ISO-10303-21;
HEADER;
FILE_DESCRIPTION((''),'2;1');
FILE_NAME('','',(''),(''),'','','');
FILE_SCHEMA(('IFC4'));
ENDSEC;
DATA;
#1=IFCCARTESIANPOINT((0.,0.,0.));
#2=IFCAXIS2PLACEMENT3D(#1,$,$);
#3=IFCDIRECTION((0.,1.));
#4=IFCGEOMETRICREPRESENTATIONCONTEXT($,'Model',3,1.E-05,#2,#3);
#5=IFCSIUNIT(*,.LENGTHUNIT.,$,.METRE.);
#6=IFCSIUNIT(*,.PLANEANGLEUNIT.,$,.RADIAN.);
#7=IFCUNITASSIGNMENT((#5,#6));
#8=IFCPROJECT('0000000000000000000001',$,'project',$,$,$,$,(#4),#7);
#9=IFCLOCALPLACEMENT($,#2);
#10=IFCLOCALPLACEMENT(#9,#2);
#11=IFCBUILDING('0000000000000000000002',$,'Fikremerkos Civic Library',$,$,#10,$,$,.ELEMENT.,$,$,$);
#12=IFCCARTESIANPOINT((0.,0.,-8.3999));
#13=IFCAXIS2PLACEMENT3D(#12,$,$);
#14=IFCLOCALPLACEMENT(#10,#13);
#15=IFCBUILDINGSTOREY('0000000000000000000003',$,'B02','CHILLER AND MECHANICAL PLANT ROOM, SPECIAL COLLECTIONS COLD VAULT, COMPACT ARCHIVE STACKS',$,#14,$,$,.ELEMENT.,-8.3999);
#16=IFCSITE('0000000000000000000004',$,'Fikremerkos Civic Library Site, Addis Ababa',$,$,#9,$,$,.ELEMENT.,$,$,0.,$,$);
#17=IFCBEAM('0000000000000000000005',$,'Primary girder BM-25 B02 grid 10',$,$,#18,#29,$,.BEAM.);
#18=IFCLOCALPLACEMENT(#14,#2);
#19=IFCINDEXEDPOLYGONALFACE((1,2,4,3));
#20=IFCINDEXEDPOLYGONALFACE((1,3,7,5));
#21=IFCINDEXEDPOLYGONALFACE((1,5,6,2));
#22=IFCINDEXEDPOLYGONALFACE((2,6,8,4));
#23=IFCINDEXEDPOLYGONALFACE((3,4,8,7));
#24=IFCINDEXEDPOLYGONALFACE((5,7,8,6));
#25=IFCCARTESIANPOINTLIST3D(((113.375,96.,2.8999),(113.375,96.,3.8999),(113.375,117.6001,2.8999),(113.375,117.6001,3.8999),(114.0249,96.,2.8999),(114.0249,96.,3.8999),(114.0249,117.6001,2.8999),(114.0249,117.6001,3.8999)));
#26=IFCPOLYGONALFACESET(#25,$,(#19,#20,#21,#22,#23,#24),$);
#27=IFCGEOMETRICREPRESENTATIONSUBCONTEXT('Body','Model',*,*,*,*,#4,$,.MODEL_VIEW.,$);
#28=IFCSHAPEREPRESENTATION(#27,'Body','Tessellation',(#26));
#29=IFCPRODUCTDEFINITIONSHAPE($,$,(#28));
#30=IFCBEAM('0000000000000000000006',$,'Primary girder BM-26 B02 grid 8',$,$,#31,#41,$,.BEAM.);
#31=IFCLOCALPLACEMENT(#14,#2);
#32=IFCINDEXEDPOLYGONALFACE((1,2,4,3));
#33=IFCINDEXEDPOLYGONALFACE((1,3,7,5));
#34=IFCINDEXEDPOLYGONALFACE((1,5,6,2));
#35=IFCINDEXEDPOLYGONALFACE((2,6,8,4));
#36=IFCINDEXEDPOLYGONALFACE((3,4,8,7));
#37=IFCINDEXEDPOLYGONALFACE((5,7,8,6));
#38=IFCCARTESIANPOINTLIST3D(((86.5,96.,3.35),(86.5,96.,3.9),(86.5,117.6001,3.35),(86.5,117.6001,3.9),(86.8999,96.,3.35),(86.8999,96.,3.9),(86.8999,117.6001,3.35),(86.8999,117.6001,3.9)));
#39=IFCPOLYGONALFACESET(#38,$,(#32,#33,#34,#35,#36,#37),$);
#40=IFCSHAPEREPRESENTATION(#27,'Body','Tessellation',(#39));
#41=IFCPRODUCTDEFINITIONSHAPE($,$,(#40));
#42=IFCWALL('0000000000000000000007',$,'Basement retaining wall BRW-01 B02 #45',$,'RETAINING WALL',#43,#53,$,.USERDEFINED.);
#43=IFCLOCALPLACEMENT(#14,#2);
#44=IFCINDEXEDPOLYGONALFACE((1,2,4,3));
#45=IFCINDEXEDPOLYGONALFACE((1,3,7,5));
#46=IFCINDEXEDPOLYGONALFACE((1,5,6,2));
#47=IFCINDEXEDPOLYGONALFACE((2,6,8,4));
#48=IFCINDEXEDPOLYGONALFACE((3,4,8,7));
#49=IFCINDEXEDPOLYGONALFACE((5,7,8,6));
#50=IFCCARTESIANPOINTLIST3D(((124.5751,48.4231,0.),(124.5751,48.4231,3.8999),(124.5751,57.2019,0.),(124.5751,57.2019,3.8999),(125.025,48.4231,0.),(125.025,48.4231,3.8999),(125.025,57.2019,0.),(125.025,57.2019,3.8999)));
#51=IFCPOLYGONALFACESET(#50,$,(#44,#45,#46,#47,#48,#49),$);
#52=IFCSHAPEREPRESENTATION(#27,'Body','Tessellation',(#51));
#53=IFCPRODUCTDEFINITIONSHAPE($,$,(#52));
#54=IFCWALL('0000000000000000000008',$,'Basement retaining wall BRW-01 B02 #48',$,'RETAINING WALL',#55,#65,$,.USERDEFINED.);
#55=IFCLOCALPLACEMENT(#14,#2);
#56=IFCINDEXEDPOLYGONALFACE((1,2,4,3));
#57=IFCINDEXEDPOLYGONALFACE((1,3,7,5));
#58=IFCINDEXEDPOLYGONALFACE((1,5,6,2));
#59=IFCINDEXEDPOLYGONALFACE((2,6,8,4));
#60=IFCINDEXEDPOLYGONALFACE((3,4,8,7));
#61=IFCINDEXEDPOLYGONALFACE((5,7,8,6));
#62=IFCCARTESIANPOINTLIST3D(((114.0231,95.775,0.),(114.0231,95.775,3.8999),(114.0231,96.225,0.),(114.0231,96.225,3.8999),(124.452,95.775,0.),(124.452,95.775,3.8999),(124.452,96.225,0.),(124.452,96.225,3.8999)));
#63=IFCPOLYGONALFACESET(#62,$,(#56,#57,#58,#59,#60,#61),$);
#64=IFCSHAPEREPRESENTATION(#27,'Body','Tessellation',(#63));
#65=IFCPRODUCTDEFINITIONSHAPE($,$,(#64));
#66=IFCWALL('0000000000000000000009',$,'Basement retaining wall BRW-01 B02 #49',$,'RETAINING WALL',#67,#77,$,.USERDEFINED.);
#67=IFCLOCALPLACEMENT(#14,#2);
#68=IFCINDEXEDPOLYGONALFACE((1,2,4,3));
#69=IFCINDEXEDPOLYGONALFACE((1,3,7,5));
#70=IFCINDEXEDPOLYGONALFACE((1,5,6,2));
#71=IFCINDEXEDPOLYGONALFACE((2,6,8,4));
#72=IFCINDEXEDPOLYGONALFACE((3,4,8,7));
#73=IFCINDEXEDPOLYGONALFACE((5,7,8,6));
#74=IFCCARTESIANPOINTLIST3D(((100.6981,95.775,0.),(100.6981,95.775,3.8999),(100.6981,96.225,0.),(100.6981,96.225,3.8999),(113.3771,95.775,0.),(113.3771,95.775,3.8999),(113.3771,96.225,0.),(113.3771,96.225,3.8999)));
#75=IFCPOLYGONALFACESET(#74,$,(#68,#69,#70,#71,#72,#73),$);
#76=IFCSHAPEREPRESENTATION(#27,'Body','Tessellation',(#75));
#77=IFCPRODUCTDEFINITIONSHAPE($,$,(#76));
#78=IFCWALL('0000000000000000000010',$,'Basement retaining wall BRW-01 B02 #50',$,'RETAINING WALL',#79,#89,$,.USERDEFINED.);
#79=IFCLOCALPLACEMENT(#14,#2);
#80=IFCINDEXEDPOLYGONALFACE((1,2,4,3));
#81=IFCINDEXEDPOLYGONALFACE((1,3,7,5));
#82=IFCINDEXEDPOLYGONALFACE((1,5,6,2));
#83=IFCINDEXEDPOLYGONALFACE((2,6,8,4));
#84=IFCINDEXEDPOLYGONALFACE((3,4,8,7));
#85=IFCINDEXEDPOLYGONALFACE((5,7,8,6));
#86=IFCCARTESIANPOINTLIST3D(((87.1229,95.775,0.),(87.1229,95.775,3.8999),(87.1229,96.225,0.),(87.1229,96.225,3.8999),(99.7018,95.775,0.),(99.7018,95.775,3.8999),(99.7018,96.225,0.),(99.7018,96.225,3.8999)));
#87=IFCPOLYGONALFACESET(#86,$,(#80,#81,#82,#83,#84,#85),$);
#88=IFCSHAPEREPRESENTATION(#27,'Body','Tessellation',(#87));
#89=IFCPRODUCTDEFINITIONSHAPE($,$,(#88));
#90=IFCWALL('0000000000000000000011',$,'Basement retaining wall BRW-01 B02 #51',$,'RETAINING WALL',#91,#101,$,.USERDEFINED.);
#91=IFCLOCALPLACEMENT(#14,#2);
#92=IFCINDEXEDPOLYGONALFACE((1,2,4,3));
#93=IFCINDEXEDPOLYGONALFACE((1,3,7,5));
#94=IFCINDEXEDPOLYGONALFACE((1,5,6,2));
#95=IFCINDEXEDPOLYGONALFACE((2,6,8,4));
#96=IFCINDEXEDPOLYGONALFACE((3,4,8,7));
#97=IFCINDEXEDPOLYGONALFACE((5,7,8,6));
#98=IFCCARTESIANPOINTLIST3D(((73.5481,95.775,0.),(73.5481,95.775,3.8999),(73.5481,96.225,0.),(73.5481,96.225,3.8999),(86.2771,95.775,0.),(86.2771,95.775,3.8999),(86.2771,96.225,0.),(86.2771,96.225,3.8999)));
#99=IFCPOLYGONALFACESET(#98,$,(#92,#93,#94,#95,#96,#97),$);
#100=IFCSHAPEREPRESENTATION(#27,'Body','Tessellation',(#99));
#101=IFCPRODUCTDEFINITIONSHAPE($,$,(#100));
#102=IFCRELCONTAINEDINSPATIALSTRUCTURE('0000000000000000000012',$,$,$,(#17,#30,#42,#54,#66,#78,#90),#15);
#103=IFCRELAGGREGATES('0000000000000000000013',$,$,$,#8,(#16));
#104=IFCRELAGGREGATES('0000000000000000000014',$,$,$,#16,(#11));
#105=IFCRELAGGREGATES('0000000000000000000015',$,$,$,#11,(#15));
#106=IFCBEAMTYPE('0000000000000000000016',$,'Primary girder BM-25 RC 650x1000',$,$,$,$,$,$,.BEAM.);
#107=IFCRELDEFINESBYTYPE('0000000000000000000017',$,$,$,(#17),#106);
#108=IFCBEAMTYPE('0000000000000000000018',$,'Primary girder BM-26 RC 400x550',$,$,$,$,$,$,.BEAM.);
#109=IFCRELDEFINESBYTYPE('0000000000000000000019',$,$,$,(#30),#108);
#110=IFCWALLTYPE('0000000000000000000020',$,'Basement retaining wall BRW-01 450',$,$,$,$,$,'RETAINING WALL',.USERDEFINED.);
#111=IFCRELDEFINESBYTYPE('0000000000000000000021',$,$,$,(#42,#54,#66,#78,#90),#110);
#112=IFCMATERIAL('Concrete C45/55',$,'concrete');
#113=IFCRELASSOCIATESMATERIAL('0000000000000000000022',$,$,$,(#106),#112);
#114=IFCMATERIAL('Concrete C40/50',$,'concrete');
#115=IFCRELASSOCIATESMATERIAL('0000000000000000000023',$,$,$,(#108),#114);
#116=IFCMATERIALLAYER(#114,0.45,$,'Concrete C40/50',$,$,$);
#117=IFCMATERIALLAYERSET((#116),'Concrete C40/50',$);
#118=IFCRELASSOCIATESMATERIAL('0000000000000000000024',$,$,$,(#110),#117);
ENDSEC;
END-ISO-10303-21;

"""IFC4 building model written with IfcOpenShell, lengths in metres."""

from ifc_helpers import new_model, si_unit, direction, frame, frame_2d, origin, origin_2d, place, context, subcontext, project, spatial, rectangle, extrude, material, layer, layer_set, material_profile, profile_set, type_object, element, save


model = new_model("IFC4")

# Units and contexts
model_context = context("Model", 3, precision=1e-05, world=origin(), true_north=direction((0.0, 1.0)))
body_context = subcontext(model_context, "Body", "Model", "MODEL_VIEW")
ifc_project = project(units=[si_unit("LENGTHUNIT", "METRE"), si_unit("PLANEANGLEUNIT", "RADIAN")], contexts=[model_context])

# Site, building, storey
site_placement = place(None, origin())
site = spatial("IfcSite", under=ifc_project, at=site_placement, Name="Fikremerkos Civic Library Site, Addis Ababa", CompositionType="ELEMENT", RefElevation=0.0)
building_placement = place(site_placement, origin())
building = spatial("IfcBuilding", under=site, at=building_placement, Name="Fikremerkos Civic Library", CompositionType="ELEMENT")
storey_placement = place(building_placement, frame((0.0, 0.0, -8.3999)))
storey = spatial("IfcBuildingStorey", under=building, at=storey_placement, Name="B02", Description="CHILLER AND MECHANICAL PLANT ROOM, SPECIAL COLLECTIONS COLD VAULT, COMPACT ARCHIVE STACKS", CompositionType="ELEMENT", Elevation=-8.3999)

# Shared definitions
ifc_material_1 = material(Name="Concrete C40/50", Category="concrete")

# Shared definitions
ifc_material_2 = material(Name="Concrete C45/55", Category="concrete")

# Beams
ifc_material_profile_1 = material_profile(ifc_material_2, rectangle(XDim=0.6499, YDim=1.0, at=origin_2d()), Name="RC 650x1000")
ifc_profile_set_1 = profile_set([ifc_material_profile_1], Name="Concrete C45/55")
beam_type_1 = type_object("IfcBeamType", Name="Primary girder BM-25 RC 650x1000", PredefinedType="BEAM", material=ifc_profile_set_1)
beam_1_placement = place(storey_placement, frame((113.7, 96.0, 3.3999), z_axis=(0.0, 1.0, 0.0), x_axis=(-1.0, 0.0, 0.0)))
element("IfcBeam", 1, at=beam_1_placement, inside=storey, type_object=beam_type_1, Name="Primary girder BM-25 B02 grid 10", PredefinedType="BEAM", context=body_context, shape_type="SweptSolid", body=[
    extrude(rectangle(XDim=0.6499, YDim=1.0, at=origin_2d()), origin(), (0.0, 0.0, 1.0), 21.6001),
])
ifc_material_profile_2 = material_profile(ifc_material_1, rectangle(XDim=0.3999, YDim=0.55, at=origin_2d()), Name="RC 400x550")
ifc_profile_set_2 = profile_set([ifc_material_profile_2], Name="Concrete C40/50")
beam_type_2 = type_object("IfcBeamType", Name="Primary girder BM-26 RC 400x550", PredefinedType="BEAM", material=ifc_profile_set_2)
beam_2_placement = place(storey_placement, frame((86.7, 96.0, 3.625), z_axis=(0.0, 1.0, 0.0), x_axis=(-1.0, 0.0, 0.0)))
element("IfcBeam", 2, at=beam_2_placement, inside=storey, type_object=beam_type_2, Name="Primary girder BM-26 B02 grid 8", PredefinedType="BEAM", context=body_context, shape_type="SweptSolid", body=[
    extrude(rectangle(XDim=0.3999, YDim=0.55, at=origin_2d()), origin(), (0.0, 0.0, 1.0), 21.6001),
])

# Walls
ifc_layer = layer(ifc_material_1, 0.45, Name="Concrete C40/50")
ifc_layer_set = layer_set([ifc_layer], Name="Concrete C40/50")
wall_type = type_object("IfcWallType", Name="Basement retaining wall BRW-01 450", ElementType="RETAINING WALL", PredefinedType="USERDEFINED", material=ifc_layer_set)
wall_1_placement = place(storey_placement, frame((124.8, 48.4231, 0.0), z_axis=(0.0, 0.0, 1.0), x_axis=(0.0, 1.0, 0.0)))
element("IfcWall", 3, at=wall_1_placement, inside=storey, type_object=wall_type, Name="Basement retaining wall BRW-01 B02 #45", ObjectType="RETAINING WALL", PredefinedType="USERDEFINED", context=body_context, shape_type="SweptSolid", body=[
    extrude(rectangle(XDim=8.7788, YDim=0.45, at=frame_2d((4.3894, 0.0))), origin(), (0.0, 0.0, 1.0), 3.8999),
])
wall_2_placement = place(storey_placement, frame((124.4519, 96.0, 0.0), z_axis=(0.0, 0.0, 1.0), x_axis=(-1.0, 0.0, 0.0)))
element("IfcWall", 4, at=wall_2_placement, inside=storey, type_object=wall_type, Name="Basement retaining wall BRW-01 B02 #48", ObjectType="RETAINING WALL", PredefinedType="USERDEFINED", context=body_context, shape_type="SweptSolid", body=[
    extrude(rectangle(XDim=10.429, YDim=0.45, at=frame_2d((5.2144, 0.0))), origin(), (0.0, 0.0, 1.0), 3.8999),
])
wall_3_placement = place(storey_placement, frame((113.377, 96.0, 0.0), z_axis=(0.0, 0.0, 1.0), x_axis=(-1.0, 0.0, 0.0)))
element("IfcWall", 5, at=wall_3_placement, inside=storey, type_object=wall_type, Name="Basement retaining wall BRW-01 B02 #49", ObjectType="RETAINING WALL", PredefinedType="USERDEFINED", context=body_context, shape_type="SweptSolid", body=[
    extrude(rectangle(XDim=12.679, YDim=0.45, at=frame_2d((6.3394, 0.0))), origin(), (0.0, 0.0, 1.0), 3.8999),
])
wall_4_placement = place(storey_placement, frame((99.7019, 96.0, 0.0), z_axis=(0.0, 0.0, 1.0), x_axis=(-1.0, 0.0, 0.0)))
element("IfcWall", 6, at=wall_4_placement, inside=storey, type_object=wall_type, Name="Basement retaining wall BRW-01 B02 #50", ObjectType="RETAINING WALL", PredefinedType="USERDEFINED", context=body_context, shape_type="SweptSolid", body=[
    extrude(rectangle(XDim=12.5789, YDim=0.45, at=frame_2d((6.2896, 0.0))), origin(), (0.0, 0.0, 1.0), 3.8999),
])
wall_5_placement = place(storey_placement, frame((86.2771, 96.0, 0.0), z_axis=(0.0, 0.0, 1.0), x_axis=(-1.0, 0.0, 0.0)))
element("IfcWall", 7, at=wall_5_placement, inside=storey, type_object=wall_type, Name="Basement retaining wall BRW-01 B02 #51", ObjectType="RETAINING WALL", PredefinedType="USERDEFINED", context=body_context, shape_type="SweptSolid", body=[
    extrude(rectangle(XDim=12.729, YDim=0.45, at=frame_2d((6.3645, 0.0))), origin(), (0.0, 0.0, 1.0), 3.8999),
])

save(model, "model.ifc")
